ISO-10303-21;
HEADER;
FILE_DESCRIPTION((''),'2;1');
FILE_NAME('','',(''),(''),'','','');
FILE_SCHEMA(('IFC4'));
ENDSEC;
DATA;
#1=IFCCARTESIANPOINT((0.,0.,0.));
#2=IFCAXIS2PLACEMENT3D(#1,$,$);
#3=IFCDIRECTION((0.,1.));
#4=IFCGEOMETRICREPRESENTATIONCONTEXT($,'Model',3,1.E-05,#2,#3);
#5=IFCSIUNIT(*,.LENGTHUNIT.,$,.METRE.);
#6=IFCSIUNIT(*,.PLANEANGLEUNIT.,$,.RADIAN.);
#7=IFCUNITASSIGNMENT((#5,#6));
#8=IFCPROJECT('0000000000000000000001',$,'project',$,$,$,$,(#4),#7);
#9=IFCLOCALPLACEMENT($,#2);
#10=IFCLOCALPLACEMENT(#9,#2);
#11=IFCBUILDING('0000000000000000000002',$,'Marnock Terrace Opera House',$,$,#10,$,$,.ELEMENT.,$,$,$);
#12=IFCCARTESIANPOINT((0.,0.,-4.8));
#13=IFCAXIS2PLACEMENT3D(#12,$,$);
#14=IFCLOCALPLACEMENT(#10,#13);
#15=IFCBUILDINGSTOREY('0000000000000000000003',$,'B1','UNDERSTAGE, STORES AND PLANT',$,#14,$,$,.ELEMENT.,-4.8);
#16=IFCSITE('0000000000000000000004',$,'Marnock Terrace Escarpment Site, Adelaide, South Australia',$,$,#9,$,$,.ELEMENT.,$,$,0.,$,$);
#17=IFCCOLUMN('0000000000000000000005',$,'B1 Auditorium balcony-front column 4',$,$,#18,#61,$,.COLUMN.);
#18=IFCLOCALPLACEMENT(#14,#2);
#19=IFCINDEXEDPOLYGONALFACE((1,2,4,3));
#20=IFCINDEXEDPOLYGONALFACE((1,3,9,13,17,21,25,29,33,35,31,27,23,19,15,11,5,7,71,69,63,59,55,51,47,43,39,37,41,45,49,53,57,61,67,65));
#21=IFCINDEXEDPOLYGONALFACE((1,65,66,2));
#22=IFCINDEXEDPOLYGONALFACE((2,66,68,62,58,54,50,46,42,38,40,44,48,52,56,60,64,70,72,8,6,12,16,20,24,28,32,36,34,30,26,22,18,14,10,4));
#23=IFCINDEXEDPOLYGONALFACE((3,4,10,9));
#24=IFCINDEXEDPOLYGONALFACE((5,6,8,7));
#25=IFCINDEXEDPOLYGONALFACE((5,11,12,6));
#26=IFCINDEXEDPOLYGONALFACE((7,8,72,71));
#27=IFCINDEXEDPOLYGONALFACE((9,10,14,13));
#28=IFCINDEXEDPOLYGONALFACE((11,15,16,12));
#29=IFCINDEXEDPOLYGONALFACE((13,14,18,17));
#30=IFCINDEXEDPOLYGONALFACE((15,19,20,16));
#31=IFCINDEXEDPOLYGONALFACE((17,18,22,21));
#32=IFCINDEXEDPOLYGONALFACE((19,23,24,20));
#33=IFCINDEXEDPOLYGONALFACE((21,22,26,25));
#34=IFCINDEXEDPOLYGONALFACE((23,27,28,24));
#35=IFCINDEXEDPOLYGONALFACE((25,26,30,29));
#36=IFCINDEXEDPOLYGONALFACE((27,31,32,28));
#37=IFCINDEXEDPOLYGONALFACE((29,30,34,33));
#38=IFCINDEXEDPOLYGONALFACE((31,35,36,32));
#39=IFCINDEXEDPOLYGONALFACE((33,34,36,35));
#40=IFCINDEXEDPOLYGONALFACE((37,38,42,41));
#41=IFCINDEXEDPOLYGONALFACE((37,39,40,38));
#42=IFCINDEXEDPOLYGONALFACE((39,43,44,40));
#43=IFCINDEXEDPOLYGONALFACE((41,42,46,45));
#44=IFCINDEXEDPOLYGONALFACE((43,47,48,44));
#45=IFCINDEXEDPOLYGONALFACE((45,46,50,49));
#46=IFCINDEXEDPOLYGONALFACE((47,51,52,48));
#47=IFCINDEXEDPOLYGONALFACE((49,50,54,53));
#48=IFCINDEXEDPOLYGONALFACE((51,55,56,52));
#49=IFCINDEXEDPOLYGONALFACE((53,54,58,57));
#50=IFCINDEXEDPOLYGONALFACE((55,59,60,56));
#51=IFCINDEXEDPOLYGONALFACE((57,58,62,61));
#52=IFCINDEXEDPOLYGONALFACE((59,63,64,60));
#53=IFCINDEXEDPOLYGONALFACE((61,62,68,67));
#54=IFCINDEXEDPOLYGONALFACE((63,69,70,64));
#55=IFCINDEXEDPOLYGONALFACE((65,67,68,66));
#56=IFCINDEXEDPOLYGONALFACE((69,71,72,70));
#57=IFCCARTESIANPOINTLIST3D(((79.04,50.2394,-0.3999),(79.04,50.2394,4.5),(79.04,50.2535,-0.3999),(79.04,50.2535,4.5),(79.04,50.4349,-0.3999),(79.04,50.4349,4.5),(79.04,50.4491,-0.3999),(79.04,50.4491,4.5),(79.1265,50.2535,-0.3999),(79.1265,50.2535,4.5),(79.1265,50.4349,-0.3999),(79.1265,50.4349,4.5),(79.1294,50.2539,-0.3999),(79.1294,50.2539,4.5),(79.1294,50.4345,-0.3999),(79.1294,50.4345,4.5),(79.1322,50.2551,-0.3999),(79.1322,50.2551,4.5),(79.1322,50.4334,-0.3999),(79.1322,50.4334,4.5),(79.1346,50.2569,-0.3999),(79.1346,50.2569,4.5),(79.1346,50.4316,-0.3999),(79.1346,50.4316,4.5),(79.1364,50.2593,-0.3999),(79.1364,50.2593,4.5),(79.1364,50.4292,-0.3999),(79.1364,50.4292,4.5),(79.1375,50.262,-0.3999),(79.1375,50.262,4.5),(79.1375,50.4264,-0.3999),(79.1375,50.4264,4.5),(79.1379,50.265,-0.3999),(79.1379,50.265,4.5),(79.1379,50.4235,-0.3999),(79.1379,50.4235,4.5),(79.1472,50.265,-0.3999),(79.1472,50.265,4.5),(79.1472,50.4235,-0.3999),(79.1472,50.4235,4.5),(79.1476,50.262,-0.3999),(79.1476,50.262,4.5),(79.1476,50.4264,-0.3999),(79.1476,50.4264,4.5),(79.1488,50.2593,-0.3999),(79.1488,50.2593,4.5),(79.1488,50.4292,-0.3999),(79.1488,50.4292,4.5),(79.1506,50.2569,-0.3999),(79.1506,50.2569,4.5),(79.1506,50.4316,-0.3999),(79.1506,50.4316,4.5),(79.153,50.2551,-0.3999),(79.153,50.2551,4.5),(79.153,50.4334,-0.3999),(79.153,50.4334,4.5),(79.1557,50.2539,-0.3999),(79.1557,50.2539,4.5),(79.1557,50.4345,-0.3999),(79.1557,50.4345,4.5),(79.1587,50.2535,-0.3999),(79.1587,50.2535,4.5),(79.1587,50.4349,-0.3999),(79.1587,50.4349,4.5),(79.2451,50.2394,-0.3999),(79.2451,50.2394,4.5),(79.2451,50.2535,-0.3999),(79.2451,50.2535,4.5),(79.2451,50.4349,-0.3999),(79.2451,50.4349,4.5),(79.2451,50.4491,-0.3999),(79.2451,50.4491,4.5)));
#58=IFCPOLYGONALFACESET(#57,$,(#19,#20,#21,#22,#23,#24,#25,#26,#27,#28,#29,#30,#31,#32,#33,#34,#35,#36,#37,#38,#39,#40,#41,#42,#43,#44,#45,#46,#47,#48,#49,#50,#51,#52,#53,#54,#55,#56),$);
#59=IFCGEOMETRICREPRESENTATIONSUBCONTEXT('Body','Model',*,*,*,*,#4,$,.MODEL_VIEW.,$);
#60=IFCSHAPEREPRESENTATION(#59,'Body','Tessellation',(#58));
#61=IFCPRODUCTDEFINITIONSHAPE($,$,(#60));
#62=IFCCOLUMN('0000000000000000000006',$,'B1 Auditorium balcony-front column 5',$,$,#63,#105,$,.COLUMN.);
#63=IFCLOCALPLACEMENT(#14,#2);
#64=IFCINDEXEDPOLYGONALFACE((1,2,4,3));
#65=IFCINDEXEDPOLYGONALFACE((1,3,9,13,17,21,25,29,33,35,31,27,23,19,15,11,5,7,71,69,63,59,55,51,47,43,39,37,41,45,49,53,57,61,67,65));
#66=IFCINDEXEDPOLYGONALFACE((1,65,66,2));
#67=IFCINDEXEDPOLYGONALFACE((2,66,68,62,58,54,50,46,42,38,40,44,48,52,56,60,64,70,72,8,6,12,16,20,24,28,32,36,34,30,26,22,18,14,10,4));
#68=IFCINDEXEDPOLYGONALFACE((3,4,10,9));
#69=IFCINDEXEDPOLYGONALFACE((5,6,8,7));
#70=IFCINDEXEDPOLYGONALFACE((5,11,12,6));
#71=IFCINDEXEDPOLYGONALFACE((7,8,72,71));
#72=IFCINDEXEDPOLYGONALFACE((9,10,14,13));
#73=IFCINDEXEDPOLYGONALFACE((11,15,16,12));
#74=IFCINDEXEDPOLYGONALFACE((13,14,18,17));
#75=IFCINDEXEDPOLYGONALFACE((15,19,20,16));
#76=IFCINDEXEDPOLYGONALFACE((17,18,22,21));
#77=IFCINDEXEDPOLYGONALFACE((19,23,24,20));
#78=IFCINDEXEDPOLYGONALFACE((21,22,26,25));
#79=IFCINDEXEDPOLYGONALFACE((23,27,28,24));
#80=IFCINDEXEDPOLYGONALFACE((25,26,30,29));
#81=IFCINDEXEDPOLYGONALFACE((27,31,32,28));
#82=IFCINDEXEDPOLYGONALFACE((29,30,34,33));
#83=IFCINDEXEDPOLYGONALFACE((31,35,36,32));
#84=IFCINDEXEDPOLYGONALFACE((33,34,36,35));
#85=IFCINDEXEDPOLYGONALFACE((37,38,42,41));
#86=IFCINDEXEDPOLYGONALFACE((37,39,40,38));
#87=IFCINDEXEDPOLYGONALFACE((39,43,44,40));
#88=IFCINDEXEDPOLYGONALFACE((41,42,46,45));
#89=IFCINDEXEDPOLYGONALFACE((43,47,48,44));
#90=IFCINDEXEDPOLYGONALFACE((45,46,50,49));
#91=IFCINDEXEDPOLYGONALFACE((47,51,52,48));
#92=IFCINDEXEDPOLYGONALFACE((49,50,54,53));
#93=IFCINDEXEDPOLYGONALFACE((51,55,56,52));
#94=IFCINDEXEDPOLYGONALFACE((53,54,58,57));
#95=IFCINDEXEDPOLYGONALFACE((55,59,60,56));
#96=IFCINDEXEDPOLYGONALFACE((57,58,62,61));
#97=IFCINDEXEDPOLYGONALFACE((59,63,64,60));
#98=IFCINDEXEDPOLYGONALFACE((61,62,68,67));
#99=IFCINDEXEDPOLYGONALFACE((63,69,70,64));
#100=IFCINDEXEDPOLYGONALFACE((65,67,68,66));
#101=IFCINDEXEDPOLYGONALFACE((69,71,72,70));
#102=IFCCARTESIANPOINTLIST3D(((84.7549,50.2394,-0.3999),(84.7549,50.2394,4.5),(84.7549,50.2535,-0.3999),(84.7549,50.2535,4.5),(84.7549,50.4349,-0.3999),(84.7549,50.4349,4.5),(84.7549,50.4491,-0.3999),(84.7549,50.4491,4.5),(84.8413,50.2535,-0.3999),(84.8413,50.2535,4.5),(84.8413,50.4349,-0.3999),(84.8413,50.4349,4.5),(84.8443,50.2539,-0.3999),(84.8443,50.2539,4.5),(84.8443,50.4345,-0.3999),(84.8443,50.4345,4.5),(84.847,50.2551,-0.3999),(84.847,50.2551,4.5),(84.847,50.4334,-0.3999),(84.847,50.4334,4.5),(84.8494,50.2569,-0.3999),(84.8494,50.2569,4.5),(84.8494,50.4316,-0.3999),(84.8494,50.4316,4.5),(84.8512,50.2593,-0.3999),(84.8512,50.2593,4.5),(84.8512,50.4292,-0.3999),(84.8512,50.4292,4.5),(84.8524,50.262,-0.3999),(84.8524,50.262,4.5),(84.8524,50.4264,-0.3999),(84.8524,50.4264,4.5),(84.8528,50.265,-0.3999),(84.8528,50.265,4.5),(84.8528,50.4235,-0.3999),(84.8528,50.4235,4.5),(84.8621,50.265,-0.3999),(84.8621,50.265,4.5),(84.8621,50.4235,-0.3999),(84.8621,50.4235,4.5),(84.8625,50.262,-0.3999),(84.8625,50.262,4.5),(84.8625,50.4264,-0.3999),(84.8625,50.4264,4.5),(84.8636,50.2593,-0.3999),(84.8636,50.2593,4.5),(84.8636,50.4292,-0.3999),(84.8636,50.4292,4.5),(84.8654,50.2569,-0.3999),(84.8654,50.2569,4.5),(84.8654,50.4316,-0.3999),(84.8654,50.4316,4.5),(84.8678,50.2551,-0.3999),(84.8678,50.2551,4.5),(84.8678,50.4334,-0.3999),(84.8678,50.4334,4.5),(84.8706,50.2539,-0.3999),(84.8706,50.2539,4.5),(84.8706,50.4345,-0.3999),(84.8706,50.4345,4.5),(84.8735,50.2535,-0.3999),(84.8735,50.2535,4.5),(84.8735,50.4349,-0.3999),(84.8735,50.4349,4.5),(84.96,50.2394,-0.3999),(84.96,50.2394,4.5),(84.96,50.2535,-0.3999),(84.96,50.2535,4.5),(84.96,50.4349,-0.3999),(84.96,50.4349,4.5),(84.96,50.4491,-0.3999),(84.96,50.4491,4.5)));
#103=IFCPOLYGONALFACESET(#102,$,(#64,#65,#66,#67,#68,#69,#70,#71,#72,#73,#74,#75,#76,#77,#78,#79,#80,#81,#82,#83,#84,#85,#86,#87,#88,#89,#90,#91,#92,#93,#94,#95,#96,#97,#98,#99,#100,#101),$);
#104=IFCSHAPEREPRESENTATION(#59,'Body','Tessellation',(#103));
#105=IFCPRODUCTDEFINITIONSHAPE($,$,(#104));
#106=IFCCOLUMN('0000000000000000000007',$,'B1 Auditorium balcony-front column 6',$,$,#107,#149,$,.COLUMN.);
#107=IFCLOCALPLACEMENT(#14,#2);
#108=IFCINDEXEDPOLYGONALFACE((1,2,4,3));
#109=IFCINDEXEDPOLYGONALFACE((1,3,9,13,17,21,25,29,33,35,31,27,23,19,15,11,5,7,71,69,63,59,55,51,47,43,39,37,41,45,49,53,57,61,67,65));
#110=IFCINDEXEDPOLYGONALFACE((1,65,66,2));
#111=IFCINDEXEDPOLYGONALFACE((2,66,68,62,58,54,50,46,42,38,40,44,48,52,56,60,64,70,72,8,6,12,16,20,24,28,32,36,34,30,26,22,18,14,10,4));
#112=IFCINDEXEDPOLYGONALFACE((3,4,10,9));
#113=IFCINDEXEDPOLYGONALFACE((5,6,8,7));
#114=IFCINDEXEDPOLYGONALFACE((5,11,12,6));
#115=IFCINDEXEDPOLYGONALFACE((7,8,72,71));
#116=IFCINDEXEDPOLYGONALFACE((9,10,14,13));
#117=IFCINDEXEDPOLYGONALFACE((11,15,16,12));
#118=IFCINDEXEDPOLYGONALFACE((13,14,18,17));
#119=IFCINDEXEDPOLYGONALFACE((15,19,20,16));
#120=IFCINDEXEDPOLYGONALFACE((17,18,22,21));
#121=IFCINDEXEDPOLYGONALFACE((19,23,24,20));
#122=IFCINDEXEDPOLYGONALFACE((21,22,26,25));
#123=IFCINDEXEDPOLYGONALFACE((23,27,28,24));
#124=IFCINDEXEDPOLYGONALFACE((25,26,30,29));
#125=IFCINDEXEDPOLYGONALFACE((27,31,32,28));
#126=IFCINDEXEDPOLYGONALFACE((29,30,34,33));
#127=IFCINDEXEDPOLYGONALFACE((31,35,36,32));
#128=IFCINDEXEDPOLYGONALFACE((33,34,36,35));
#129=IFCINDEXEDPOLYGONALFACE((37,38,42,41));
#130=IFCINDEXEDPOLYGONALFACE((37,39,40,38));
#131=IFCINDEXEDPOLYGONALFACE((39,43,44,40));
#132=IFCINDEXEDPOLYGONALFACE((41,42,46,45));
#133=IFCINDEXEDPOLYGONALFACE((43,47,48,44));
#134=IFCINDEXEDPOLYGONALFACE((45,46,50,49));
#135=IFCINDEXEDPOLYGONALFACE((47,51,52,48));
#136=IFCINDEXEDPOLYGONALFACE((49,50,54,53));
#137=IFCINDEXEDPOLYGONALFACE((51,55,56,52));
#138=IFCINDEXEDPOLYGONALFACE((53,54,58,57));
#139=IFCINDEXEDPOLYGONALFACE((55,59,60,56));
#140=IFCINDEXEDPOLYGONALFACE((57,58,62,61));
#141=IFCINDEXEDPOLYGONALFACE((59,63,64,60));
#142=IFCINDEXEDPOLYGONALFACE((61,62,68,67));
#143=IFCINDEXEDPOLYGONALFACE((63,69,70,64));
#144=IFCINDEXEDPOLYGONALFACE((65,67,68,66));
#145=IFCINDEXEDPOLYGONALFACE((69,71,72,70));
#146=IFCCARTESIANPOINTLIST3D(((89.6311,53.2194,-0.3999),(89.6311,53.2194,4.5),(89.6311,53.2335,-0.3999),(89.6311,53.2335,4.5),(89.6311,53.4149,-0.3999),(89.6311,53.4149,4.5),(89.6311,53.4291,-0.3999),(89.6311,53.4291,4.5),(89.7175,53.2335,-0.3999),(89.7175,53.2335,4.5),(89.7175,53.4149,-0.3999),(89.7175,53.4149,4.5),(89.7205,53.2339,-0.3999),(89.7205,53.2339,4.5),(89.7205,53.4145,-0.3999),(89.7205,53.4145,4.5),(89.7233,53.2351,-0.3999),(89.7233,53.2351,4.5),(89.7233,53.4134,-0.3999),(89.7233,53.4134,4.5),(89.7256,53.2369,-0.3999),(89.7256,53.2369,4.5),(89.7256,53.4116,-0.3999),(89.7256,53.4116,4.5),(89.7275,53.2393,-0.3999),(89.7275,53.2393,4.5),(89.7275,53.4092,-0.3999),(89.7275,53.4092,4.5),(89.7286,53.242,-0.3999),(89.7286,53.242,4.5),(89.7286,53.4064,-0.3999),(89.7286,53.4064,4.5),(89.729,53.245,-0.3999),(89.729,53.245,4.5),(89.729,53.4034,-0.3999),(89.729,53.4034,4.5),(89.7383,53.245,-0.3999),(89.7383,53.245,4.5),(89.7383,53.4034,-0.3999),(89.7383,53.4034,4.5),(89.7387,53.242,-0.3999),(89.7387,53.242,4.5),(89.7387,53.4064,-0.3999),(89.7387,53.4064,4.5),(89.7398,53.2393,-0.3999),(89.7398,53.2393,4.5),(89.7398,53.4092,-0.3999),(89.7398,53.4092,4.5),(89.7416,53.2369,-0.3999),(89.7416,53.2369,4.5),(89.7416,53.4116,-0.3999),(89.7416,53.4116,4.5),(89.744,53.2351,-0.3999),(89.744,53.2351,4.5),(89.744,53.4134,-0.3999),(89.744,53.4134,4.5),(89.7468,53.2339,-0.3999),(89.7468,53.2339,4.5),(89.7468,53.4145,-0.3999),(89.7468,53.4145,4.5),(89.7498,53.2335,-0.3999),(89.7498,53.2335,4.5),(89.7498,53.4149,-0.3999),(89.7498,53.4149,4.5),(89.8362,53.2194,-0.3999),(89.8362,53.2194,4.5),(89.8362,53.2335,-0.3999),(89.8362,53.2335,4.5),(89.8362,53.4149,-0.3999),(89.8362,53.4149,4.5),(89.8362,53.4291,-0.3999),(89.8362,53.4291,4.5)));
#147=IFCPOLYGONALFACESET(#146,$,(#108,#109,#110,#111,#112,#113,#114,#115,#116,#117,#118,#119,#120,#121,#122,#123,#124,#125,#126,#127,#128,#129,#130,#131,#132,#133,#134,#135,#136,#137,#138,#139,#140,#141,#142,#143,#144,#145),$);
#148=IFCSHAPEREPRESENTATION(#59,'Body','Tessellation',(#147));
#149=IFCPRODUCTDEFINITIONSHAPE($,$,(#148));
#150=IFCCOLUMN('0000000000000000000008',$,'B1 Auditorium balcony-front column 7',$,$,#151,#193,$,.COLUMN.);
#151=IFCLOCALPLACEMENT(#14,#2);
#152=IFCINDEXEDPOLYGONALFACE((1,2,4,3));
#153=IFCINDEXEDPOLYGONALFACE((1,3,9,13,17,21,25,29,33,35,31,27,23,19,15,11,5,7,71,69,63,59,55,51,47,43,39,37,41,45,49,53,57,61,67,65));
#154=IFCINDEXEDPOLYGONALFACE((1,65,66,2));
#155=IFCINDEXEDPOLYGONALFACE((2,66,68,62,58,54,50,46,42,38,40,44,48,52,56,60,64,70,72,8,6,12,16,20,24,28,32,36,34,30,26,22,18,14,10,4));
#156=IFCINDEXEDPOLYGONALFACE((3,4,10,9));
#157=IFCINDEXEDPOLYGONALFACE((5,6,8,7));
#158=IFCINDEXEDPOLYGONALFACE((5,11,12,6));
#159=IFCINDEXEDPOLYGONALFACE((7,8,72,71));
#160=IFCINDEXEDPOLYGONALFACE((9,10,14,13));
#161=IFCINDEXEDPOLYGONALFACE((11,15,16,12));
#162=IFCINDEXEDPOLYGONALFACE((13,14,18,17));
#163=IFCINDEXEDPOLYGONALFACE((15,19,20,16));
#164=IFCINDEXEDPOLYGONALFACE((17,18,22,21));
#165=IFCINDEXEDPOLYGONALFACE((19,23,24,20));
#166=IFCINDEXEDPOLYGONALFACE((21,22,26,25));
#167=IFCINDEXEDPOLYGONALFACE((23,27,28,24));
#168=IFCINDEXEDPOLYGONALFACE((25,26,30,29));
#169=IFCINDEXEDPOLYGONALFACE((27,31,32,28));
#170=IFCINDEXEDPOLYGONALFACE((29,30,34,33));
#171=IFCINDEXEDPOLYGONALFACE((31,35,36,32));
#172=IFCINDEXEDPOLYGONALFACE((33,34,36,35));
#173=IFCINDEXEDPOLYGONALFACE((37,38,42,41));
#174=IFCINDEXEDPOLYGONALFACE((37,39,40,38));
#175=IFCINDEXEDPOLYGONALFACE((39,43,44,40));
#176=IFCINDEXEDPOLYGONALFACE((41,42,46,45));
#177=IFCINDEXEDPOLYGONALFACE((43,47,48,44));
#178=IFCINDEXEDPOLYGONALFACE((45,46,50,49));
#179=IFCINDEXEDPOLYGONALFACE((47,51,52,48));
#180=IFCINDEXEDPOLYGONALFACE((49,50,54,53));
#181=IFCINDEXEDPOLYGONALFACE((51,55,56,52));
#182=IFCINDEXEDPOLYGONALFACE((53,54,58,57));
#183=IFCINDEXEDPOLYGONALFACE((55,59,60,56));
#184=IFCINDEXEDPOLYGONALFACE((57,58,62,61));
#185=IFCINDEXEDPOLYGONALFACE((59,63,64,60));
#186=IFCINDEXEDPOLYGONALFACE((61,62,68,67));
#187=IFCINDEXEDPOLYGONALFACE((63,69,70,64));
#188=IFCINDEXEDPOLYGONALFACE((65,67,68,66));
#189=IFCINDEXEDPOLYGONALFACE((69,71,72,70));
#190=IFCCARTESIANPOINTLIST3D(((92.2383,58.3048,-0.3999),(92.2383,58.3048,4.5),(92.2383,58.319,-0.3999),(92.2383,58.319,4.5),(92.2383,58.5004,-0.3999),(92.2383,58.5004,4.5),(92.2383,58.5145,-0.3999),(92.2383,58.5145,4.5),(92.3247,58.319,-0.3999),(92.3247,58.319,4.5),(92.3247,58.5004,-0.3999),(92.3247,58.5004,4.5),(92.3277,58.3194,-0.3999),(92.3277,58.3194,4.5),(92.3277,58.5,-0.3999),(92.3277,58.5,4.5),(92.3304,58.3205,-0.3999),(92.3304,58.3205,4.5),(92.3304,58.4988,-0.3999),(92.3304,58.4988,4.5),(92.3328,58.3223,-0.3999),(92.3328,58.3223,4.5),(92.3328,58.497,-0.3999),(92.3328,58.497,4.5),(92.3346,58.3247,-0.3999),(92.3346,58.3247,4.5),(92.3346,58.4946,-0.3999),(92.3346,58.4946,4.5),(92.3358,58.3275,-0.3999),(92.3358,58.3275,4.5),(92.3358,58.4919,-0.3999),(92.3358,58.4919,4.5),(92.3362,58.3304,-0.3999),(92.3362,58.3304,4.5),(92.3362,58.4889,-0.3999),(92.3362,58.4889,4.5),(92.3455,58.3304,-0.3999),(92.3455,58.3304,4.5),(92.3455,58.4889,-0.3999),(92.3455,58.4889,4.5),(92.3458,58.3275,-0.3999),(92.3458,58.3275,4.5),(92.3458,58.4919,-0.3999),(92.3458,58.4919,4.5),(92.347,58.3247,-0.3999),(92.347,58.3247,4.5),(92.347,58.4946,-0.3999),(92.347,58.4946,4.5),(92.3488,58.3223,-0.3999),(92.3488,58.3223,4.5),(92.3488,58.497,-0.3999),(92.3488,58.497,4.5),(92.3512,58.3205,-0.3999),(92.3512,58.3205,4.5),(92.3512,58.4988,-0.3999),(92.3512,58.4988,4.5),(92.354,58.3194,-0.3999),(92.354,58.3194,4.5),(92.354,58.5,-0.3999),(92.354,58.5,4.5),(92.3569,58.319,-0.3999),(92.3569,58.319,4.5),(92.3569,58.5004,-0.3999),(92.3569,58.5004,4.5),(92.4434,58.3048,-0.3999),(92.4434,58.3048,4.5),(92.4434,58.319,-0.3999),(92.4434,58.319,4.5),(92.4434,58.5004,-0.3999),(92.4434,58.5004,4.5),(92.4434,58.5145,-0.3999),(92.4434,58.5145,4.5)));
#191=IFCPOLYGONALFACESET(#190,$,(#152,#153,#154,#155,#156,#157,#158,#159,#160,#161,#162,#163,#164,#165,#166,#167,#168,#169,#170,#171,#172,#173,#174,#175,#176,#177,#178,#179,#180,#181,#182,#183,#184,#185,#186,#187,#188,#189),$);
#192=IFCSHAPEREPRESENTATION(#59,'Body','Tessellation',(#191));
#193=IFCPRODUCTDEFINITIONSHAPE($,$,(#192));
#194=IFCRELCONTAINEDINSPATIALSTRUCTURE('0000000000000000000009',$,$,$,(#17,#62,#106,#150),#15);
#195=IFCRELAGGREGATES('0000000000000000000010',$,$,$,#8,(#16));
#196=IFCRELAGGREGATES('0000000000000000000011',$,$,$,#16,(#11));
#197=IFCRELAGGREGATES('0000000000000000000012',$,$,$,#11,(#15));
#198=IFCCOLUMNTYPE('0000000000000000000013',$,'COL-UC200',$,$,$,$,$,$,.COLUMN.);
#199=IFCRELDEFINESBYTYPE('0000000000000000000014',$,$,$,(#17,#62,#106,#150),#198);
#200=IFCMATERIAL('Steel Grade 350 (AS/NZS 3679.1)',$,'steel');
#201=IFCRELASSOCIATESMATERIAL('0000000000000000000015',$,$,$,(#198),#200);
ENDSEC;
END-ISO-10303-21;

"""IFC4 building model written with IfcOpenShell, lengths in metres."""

from ifc_helpers import new_model, si_unit, direction, frame, origin, origin_2d, place, context, subcontext, project, spatial, i_section, extrude, material, material_profile, profile_set, type_object, element, save


model = new_model("IFC4")

# Units and contexts
model_context = context("Model", 3, precision=1e-05, world=origin(), true_north=direction((0.0, 1.0)))
body_context = subcontext(model_context, "Body", "Model", "MODEL_VIEW")
ifc_project = project(units=[si_unit("LENGTHUNIT", "METRE"), si_unit("PLANEANGLEUNIT", "RADIAN")], contexts=[model_context])

# Site, building, storey
site_placement = place(None, origin())
site = spatial("IfcSite", under=ifc_project, at=site_placement, Name="Marnock Terrace Escarpment Site, Adelaide, South Australia", CompositionType="ELEMENT", RefElevation=0.0)
building_placement = place(site_placement, origin())
building = spatial("IfcBuilding", under=site, at=building_placement, Name="Marnock Terrace Opera House", CompositionType="ELEMENT")
storey_placement = place(building_placement, frame((0.0, 0.0, -4.8)))
storey = spatial("IfcBuildingStorey", under=building, at=storey_placement, Name="B1", Description="UNDERSTAGE, STORES AND PLANT", CompositionType="ELEMENT", Elevation=-4.8)

# Columns
ifc_material_1 = material(Name="Steel Grade 350 (AS/NZS 3679.1)", Category="steel")
ifc_material_profile_1 = material_profile(ifc_material_1, i_section(OverallWidth=0.2051, OverallDepth=0.2097, WebThickness=0.0093, FlangeThickness=0.0142, FilletRadius=0.0115, at=origin_2d()))
ifc_profile_set_1 = profile_set([ifc_material_profile_1], Name="Steel Grade 350 (AS/NZS 3679.1)")
column_type_1 = type_object("IfcColumnType", Name="COL-UC200", PredefinedType="COLUMN", material=ifc_profile_set_1)
for number, where, z_axis, x_axis, name in (
    (1, (79.1426, 50.3442, -0.3999), (0.0, 0.0, 1.0), (1.0, 0.0, 0.0), "B1 Auditorium balcony-front column 4"),
    (2, (84.8574, 50.3442, -0.3999), (0.0, 0.0, 1.0), (1.0, 0.0, 0.0), "B1 Auditorium balcony-front column 5"),
    (3, (89.7336, 53.3242, -0.3999), (0.0, 0.0, 1.0), (1.0, 0.0, 0.0), "B1 Auditorium balcony-front column 6"),
    (4, (92.3408, 58.4097, -0.3999), (0.0, 0.0, 1.0), (1.0, 0.0, 0.0), "B1 Auditorium balcony-front column 7"),
):
    element("IfcColumn", number, at=place(storey_placement, frame(where, z_axis=z_axis, x_axis=x_axis)), inside=storey, type_object=column_type_1, Name=name, PredefinedType="COLUMN", context=body_context, shape_type="SweptSolid", body=[
        extrude(i_section(OverallWidth=0.2051, OverallDepth=0.2097, WebThickness=0.0093, FlangeThickness=0.0142, FilletRadius=0.0115, at=origin_2d()), origin(), (0.0, 0.0, 1.0), 4.8999),
    ])

save(model, "model.ifc")
